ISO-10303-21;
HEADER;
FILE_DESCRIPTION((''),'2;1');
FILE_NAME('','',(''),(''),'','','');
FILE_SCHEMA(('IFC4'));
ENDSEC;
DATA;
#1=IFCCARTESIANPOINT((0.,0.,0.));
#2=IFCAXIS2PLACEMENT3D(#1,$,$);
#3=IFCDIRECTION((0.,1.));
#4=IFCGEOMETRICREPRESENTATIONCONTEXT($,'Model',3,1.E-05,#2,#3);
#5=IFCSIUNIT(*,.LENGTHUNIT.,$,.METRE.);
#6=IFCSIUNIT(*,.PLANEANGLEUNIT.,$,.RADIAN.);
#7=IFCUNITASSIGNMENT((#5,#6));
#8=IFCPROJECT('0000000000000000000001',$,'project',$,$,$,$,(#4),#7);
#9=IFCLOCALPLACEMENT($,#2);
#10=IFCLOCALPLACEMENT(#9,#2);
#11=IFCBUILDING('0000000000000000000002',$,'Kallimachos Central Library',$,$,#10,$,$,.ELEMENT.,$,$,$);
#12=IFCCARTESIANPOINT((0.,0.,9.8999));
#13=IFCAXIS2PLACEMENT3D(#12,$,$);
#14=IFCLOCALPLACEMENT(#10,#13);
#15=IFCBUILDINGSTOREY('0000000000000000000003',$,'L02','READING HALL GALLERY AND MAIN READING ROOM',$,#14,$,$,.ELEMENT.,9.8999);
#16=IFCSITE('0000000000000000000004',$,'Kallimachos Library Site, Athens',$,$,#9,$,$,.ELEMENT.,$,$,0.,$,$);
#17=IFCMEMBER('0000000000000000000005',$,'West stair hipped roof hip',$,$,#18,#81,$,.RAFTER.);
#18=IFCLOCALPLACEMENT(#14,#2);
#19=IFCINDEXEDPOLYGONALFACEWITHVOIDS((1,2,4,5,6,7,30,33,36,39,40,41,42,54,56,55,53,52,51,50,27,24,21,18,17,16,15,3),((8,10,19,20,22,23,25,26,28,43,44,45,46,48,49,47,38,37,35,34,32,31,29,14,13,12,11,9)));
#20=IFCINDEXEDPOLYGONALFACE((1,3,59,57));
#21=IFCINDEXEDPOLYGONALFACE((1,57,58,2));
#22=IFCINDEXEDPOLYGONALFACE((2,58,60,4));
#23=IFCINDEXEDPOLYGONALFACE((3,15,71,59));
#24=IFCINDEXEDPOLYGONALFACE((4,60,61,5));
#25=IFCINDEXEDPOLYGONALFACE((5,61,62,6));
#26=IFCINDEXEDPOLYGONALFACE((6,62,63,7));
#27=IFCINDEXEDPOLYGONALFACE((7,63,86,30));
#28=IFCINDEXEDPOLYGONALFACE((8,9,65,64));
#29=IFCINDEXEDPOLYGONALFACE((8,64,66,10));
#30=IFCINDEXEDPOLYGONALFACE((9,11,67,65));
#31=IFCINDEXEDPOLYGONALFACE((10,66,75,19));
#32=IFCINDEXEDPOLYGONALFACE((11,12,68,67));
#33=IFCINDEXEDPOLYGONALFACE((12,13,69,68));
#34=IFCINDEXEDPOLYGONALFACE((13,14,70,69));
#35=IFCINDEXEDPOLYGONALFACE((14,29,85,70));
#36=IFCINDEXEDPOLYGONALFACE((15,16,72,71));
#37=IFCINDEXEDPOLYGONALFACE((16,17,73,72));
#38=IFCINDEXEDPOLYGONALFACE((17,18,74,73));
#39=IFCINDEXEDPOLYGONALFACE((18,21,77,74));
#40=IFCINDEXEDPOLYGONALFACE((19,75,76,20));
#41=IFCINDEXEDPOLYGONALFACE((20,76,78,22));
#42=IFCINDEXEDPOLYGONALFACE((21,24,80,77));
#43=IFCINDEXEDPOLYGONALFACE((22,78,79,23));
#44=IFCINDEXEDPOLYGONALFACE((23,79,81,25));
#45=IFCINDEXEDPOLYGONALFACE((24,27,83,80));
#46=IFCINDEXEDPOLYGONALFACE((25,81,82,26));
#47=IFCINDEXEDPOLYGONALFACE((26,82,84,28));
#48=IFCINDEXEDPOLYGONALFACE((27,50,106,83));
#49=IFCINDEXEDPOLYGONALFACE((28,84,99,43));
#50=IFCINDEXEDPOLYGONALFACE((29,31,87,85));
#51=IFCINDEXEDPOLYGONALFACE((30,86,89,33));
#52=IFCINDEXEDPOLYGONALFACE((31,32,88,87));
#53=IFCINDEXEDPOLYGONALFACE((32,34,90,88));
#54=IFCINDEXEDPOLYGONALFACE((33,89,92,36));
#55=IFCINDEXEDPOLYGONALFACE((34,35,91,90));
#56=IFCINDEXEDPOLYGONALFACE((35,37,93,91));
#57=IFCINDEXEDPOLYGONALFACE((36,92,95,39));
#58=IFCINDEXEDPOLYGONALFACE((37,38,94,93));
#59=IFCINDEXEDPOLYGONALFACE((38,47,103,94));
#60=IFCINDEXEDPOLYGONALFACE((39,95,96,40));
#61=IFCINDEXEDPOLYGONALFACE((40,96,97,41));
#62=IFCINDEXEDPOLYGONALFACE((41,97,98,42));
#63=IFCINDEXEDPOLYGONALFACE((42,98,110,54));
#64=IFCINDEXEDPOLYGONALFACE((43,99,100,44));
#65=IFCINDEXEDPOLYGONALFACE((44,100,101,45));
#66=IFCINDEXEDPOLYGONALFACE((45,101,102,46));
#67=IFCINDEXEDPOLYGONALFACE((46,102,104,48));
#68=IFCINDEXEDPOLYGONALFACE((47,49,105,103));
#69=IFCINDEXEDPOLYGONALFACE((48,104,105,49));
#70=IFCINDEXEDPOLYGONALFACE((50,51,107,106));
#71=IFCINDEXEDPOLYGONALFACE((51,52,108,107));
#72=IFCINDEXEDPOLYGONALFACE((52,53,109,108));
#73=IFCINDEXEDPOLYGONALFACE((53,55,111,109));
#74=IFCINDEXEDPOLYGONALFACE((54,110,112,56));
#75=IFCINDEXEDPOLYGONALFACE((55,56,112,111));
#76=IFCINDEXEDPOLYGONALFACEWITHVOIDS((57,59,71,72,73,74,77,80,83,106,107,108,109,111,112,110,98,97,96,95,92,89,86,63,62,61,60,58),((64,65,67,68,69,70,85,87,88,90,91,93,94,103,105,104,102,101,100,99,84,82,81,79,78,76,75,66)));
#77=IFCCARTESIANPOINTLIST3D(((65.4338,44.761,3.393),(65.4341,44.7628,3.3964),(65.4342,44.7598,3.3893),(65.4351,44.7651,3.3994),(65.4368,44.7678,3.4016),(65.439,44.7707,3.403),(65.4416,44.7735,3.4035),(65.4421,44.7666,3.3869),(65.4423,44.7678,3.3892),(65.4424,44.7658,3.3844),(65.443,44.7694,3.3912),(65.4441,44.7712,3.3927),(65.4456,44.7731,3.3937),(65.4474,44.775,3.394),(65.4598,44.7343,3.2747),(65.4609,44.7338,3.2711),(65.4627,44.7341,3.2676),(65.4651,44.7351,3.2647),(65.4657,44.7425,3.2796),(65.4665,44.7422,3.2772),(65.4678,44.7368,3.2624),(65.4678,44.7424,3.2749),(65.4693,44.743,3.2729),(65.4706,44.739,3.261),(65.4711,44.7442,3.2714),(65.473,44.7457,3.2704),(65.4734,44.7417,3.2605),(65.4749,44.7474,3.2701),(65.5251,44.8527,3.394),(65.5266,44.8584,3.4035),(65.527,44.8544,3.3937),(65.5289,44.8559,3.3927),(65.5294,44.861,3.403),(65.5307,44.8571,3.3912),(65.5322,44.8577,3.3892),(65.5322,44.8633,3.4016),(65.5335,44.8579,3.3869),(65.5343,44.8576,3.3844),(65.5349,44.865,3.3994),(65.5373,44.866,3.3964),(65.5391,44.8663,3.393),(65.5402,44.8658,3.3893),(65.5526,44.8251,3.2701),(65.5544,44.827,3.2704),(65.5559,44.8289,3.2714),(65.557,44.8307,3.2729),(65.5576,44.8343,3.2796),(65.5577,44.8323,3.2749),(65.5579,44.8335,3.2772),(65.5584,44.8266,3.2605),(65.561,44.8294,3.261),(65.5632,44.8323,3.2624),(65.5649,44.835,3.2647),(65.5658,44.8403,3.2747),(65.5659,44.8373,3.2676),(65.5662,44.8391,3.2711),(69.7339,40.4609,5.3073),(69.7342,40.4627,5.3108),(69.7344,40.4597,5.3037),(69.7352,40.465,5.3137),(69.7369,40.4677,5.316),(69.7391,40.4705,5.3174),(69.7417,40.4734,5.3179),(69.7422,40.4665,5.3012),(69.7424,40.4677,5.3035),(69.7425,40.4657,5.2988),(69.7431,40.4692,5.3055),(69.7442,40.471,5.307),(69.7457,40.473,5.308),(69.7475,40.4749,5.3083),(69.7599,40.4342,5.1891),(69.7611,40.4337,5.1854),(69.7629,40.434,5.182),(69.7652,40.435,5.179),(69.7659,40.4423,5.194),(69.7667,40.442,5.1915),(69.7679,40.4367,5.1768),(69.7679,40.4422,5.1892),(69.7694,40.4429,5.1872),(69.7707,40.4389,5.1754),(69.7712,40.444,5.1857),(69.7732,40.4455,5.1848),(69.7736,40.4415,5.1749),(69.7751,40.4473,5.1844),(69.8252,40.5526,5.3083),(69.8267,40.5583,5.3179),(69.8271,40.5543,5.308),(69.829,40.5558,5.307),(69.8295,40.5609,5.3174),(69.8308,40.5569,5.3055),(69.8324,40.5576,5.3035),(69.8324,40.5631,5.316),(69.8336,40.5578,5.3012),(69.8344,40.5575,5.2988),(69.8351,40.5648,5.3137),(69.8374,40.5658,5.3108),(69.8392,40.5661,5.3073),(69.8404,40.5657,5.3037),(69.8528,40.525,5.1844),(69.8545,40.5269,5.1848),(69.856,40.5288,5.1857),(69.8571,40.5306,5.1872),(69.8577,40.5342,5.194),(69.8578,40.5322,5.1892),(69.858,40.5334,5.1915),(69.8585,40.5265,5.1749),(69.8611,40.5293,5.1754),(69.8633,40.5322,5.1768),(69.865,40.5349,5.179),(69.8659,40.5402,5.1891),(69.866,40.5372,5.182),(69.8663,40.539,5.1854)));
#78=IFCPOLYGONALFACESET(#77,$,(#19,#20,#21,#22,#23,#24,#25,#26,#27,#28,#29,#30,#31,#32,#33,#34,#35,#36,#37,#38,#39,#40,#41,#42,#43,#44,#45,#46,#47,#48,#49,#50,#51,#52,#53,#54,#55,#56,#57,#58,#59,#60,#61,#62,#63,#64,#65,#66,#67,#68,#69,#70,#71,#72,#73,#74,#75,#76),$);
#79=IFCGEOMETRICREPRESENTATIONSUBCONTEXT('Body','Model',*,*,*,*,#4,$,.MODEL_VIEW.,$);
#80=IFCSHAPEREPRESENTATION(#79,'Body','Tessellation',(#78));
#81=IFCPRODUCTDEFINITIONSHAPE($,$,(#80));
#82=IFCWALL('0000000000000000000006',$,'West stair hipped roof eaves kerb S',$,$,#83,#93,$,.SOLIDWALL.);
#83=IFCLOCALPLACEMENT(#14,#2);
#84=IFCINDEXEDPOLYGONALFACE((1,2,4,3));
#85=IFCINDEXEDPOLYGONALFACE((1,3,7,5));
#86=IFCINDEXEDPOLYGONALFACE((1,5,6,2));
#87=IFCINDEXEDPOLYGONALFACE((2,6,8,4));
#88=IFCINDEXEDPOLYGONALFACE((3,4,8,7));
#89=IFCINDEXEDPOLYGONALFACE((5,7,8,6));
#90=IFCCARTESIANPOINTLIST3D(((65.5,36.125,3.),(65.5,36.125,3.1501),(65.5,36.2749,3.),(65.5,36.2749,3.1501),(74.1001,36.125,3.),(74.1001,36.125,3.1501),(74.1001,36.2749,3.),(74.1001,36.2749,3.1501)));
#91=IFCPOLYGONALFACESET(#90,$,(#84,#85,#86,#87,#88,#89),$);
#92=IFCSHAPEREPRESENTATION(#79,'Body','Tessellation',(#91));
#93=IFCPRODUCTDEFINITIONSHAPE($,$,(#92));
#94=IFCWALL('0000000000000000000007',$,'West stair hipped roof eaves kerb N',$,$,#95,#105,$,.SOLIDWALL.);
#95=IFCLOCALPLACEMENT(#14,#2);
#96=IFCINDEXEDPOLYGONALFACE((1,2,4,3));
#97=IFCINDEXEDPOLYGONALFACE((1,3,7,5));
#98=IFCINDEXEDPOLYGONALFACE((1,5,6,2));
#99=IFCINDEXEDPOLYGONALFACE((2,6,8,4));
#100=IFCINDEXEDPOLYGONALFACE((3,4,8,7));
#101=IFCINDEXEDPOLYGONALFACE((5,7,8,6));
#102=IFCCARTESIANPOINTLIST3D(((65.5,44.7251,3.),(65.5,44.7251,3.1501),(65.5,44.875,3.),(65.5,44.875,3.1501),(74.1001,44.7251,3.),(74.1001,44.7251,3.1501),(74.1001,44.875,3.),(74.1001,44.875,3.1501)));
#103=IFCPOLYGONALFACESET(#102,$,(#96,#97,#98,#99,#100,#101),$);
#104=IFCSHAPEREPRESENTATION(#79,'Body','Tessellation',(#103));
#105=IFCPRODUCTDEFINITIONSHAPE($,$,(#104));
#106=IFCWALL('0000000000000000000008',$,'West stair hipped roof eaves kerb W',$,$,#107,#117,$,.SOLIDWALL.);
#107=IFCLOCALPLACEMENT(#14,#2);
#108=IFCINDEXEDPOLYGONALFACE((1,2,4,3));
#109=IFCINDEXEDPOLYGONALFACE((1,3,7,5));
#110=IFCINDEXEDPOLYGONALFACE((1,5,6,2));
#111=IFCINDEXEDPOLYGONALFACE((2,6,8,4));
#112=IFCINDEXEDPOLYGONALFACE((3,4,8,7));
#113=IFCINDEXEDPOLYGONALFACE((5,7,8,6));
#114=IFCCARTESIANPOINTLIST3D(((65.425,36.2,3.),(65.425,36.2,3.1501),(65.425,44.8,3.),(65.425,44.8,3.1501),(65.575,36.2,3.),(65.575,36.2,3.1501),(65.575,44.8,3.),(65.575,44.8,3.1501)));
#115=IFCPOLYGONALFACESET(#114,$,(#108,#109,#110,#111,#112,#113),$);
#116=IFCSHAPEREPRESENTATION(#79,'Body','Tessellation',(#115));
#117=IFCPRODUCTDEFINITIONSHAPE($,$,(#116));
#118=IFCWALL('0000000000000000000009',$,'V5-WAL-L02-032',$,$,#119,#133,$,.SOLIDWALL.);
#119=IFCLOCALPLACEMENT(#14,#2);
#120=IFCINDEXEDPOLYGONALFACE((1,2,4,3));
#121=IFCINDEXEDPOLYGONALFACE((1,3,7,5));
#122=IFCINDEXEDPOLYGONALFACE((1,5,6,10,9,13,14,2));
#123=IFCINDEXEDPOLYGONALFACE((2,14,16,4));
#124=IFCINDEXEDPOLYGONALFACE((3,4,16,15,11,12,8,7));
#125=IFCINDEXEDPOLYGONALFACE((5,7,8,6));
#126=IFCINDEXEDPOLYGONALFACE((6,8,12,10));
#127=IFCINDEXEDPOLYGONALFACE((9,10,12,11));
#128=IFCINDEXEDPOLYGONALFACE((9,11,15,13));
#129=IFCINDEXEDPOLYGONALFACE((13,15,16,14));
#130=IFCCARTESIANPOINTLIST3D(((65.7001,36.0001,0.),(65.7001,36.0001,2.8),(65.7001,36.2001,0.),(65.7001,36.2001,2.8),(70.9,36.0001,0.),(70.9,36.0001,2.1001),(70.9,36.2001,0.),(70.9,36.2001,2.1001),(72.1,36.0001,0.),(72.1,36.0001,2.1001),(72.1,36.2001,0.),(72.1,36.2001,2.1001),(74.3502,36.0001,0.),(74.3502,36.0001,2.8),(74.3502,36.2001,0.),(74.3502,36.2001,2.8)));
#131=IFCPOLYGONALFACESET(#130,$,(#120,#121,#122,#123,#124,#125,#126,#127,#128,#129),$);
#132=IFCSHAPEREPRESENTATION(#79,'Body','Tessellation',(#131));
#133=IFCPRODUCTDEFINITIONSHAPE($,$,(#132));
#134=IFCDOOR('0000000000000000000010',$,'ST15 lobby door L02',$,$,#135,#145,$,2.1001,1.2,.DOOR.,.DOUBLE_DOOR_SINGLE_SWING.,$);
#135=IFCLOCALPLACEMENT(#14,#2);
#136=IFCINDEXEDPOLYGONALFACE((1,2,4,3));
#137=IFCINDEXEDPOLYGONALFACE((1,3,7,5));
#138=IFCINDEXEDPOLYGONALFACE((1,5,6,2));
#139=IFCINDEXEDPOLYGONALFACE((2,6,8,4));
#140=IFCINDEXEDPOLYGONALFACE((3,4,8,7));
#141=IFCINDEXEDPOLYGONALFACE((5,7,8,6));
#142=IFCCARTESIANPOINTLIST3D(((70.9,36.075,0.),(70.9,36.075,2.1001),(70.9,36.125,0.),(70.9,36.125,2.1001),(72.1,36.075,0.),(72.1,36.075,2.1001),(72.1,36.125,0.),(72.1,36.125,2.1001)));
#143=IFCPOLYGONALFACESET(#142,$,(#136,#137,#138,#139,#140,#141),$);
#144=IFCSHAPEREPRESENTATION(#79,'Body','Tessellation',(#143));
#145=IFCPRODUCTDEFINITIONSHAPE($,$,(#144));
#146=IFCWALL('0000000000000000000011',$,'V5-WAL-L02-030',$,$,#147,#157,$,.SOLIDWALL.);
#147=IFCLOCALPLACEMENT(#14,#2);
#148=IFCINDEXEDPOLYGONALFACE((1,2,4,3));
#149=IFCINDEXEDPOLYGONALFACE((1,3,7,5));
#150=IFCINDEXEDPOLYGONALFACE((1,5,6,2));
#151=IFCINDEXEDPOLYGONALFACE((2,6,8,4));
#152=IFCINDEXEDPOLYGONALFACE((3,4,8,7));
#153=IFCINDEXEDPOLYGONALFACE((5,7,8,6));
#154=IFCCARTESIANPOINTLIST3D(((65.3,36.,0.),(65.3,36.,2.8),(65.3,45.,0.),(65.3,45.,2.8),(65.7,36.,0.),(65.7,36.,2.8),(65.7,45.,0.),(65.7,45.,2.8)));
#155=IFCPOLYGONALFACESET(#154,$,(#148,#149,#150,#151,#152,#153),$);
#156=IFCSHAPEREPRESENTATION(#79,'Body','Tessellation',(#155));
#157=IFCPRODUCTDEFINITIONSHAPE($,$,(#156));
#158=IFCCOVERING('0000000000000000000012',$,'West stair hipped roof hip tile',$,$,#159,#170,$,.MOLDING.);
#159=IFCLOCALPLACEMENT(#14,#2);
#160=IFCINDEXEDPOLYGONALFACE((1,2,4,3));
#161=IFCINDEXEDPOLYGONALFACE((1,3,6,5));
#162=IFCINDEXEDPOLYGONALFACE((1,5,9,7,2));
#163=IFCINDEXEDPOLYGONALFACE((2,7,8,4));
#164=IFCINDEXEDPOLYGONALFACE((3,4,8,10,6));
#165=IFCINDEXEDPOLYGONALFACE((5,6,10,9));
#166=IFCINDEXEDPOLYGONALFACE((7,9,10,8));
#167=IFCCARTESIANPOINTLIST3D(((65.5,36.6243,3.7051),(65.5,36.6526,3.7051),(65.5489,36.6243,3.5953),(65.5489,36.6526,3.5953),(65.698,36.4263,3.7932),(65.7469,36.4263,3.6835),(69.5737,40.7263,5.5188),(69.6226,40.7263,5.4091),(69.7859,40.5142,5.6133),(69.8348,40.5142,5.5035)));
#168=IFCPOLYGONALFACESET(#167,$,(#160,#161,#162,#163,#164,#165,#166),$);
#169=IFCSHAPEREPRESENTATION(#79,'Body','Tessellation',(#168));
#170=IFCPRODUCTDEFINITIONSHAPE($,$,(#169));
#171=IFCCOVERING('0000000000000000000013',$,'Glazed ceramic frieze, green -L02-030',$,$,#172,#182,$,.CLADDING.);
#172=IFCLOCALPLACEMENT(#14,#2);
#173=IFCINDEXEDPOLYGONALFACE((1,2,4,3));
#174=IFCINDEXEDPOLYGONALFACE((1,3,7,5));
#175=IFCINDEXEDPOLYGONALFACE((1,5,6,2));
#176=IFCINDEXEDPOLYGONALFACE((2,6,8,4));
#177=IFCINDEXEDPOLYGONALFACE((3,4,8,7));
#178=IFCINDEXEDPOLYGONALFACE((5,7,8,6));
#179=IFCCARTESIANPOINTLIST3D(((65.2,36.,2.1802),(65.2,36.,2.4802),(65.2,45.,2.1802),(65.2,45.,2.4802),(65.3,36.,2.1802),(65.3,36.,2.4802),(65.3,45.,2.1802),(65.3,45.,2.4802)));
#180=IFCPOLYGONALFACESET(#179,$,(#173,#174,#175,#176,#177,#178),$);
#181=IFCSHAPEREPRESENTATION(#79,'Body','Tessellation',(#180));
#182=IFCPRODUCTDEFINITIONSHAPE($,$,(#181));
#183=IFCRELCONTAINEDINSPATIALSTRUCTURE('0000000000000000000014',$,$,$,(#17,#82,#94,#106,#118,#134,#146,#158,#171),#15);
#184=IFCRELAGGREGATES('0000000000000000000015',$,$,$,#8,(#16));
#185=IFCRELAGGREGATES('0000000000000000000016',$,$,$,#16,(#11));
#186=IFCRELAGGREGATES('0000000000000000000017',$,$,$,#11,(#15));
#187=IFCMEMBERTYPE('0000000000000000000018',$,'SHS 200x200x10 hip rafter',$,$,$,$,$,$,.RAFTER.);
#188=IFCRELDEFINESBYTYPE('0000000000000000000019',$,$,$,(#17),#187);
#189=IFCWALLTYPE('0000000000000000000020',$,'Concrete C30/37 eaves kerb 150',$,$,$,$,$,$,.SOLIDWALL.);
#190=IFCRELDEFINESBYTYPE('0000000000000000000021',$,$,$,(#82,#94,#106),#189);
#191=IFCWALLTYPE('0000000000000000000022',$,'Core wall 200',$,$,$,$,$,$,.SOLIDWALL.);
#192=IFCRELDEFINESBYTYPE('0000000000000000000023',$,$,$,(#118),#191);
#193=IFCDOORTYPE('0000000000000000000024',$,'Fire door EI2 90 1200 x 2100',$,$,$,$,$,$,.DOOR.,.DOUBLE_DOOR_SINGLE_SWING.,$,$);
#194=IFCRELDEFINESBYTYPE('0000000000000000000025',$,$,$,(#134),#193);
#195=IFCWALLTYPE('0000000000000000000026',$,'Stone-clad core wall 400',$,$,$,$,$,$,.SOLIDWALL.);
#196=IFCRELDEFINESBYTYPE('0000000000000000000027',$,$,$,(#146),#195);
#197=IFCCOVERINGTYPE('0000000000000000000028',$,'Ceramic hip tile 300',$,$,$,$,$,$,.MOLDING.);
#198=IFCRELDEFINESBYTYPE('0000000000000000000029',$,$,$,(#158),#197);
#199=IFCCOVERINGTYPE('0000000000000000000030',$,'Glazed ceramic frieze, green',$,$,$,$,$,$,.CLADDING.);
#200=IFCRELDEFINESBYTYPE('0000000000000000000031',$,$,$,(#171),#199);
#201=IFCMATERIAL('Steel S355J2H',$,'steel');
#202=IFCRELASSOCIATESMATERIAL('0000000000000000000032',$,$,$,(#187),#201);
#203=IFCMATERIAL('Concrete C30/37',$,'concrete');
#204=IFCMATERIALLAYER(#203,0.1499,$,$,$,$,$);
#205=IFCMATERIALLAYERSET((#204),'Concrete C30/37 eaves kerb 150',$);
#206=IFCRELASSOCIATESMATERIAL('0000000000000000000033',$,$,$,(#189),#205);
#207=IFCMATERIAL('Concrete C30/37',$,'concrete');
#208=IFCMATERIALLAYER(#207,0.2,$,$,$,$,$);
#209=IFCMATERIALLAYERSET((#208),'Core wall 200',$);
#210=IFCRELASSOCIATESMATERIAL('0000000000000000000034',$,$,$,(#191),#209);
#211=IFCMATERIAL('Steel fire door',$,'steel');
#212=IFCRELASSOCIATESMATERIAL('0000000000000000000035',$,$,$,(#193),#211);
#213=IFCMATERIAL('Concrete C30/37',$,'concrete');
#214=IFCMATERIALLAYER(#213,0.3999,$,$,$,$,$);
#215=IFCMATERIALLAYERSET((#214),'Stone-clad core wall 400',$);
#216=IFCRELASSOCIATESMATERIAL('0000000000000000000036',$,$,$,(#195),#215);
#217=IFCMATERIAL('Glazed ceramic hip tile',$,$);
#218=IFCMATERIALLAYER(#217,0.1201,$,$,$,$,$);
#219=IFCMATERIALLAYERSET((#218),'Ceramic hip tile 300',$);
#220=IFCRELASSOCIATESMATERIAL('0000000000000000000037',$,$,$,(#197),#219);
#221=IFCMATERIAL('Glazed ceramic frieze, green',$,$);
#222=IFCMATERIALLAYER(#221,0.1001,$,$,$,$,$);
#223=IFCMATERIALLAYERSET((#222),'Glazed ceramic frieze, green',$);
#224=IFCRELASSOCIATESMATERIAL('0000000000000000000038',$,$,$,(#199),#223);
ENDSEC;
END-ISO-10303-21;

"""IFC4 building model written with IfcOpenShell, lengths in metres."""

from ifc_helpers import new_model, si_unit, direction, frame, frame_2d, origin, origin_2d, place, context, subcontext, project, spatial, polyline, rectangle, hollow_rectangle, outline, extrude, material, layer, layer_set, material_profile, profile_set, type_object, element, fill, save


model = new_model("IFC4")

# Units and contexts
model_context = context("Model", 3, precision=1e-05, world=origin(), true_north=direction((0.0, 1.0)))
body_context = subcontext(model_context, "Body", "Model", "MODEL_VIEW")
ifc_project = project(units=[si_unit("LENGTHUNIT", "METRE"), si_unit("PLANEANGLEUNIT", "RADIAN")], contexts=[model_context])

# Site, building, storey
site_placement = place(None, origin())
site = spatial("IfcSite", under=ifc_project, at=site_placement, Name="Kallimachos Library Site, Athens", CompositionType="ELEMENT", RefElevation=0.0)
building_placement = place(site_placement, origin())
building = spatial("IfcBuilding", under=site, at=building_placement, Name="Kallimachos Central Library", CompositionType="ELEMENT")
storey_placement = place(building_placement, frame((0.0, 0.0, 9.8999)))
storey = spatial("IfcBuildingStorey", under=building, at=storey_placement, Name="L02", Description="READING HALL GALLERY AND MAIN READING ROOM", CompositionType="ELEMENT", Elevation=9.8999)

# Member
ifc_material_1 = material(Name="Steel S355J2H", Category="steel")
ifc_material_profile_1 = material_profile(ifc_material_1, hollow_rectangle(XDim=0.1499, YDim=0.1499, WallThickness=0.01, InnerFilletRadius=0.01, OuterFilletRadius=0.0149, at=origin_2d()), Name="SHS 150x150x10")
ifc_profile_set_1 = profile_set([ifc_material_profile_1], Name="Steel S355J2H")
member_type_1 = type_object("IfcMemberType", Name="SHS 200x200x10 hip rafter", PredefinedType="RAFTER", material=ifc_profile_set_1)
for number, where, z_axis, x_axis, name in (
    (1, (65.5, 44.8, 3.332), (0.674478, -0.674478, 0.300266), (0.707107, 0.707107, 0.0), "West stair hipped roof hip"),
):
    element("IfcMember", number, at=place(storey_placement, frame(where, z_axis=z_axis, x_axis=x_axis)), inside=storey, type_object=member_type_1, Name=name, PredefinedType="RAFTER", context=body_context, shape_type="SweptSolid", body=[
        extrude(hollow_rectangle(XDim=0.1499, YDim=0.1499, WallThickness=0.01, InnerFilletRadius=0.01, OuterFilletRadius=0.0149, at=origin_2d()), origin(), (0.0, 0.0, 1.0), 6.3755),
    ])

# Walls
ifc_material_2 = material(Name="Concrete C30/37", Category="concrete")
ifc_layer_1 = layer(ifc_material_2, 0.1499)
ifc_layer_set_1 = layer_set([ifc_layer_1], Name="Concrete C30/37 eaves kerb 150")
wall_type_1 = type_object("IfcWallType", Name="Concrete C30/37 eaves kerb 150", PredefinedType="SOLIDWALL", material=ifc_layer_set_1)
for number, where, z_axis, x_axis, name in (
    (2, (65.5, 36.2, 3.0), (0.0, 0.0, 1.0), (1.0, 0.0, 0.0), "West stair hipped roof eaves kerb S"),
    (3, (65.5, 44.8, 3.0), (0.0, 0.0, 1.0), (1.0, 0.0, 0.0), "West stair hipped roof eaves kerb N"),
    (4, (65.5, 36.2, 3.0), (0.0, 0.0, 1.0), (0.0, 1.0, 0.0), "West stair hipped roof eaves kerb W"),
):
    element("IfcWall", number, at=place(storey_placement, frame(where, z_axis=z_axis, x_axis=x_axis)), inside=storey, type_object=wall_type_1, Name=name, PredefinedType="SOLIDWALL", context=body_context, shape_type="SweptSolid", body=[
        extrude(rectangle(XDim=8.6001, YDim=0.1499, at=frame_2d((4.3, 0.0))), origin(), (0.0, 0.0, 1.0), 0.1501),
    ])

# Wall, opening, door
ifc_material_3 = material(Name="Concrete C30/37", Category="concrete")
ifc_layer_2 = layer(ifc_material_3, 0.2)
ifc_layer_set_2 = layer_set([ifc_layer_2], Name="Core wall 200")
wall_type_2 = type_object("IfcWallType", Name="Core wall 200", PredefinedType="SOLIDWALL", material=ifc_layer_set_2)
wall_1_placement = place(storey_placement, frame((65.7, 36.1001, 0.0), z_axis=(0.0, 0.0, 1.0), x_axis=(1.0, 0.0, 0.0)))
wall_1 = element("IfcWall", 5, at=wall_1_placement, inside=storey, type_object=wall_type_2, Name="V5-WAL-L02-032", PredefinedType="SOLIDWALL", context=body_context, shape_type="SweptSolid", body=[
    extrude(rectangle(XDim=8.6501, YDim=0.2, at=frame_2d((4.3252, 0.0))), origin(), (0.0, 0.0, 1.0), 2.8),
])
opening_placement = place(wall_1_placement, frame((5.2, 0.0, 0.0)))
opening = element("IfcOpeningElement", 6, at=opening_placement, cuts=wall_1, PredefinedType="OPENING", context=body_context, shape_type="SweptSolid", body=[
    extrude(rectangle(XDim=1.2, YDim=2.1001, at=frame_2d((0.6001, 1.05))), frame((0.0, 0.1099, 0.0), z_axis=(0.0, -1.0, 0.0), x_axis=(1.0, 0.0, 0.0)), (0.0, 0.0, 1.0), 0.22),
])
ifc_material_4 = material(Name="Steel fire door", Category="steel")
door_type = type_object("IfcDoorType", Name="Fire door EI2 90 1200 x 2100", OperationType="DOUBLE_DOOR_SINGLE_SWING", PredefinedType="DOOR", material=ifc_material_4)
door_placement = place(opening_placement, origin())
door = element("IfcDoor", 7, at=door_placement, inside=storey, type_object=door_type, Name="ST15 lobby door L02", OperationType="DOUBLE_DOOR_SINGLE_SWING", OverallHeight=2.1001, OverallWidth=1.2, PredefinedType="DOOR", context=body_context, shape_type="SweptSolid", body=[
    extrude(rectangle(XDim=1.2, YDim=2.1001, at=frame_2d((0.6001, 1.05))), frame((0.0, 0.0249, 0.0), z_axis=(0.0, -1.0, 0.0), x_axis=(1.0, 0.0, 0.0)), (0.0, 0.0, 1.0), 0.05),
])
fill(opening, door)

# Wall
ifc_material_5 = material(Name="Concrete C30/37", Category="concrete")
ifc_layer_3 = layer(ifc_material_5, 0.3999)
ifc_layer_set_3 = layer_set([ifc_layer_3], Name="Stone-clad core wall 400")
wall_type_3 = type_object("IfcWallType", Name="Stone-clad core wall 400", PredefinedType="SOLIDWALL", material=ifc_layer_set_3)
wall_2_placement = place(storey_placement, frame((65.5, 36.0, 0.0), z_axis=(0.0, 0.0, 1.0), x_axis=(0.0, 1.0, 0.0)))
element("IfcWall", 8, at=wall_2_placement, inside=storey, type_object=wall_type_3, Name="V5-WAL-L02-030", PredefinedType="SOLIDWALL", context=body_context, shape_type="SweptSolid", body=[
    extrude(rectangle(XDim=9.0, YDim=0.3999, at=frame_2d((4.5, 0.0))), origin(), (0.0, 0.0, 1.0), 2.8),
])

# Coverings
ifc_material_6 = material(Name="Glazed ceramic hip tile")
ifc_layer_4 = layer(ifc_material_6, 0.1201)
ifc_layer_set_4 = layer_set([ifc_layer_4], Name="Ceramic hip tile 300")
covering_type_1 = type_object("IfcCoveringType", Name="Ceramic hip tile 300", PredefinedType="MOLDING", material=ifc_layer_set_4)
covering_1_placement = place(storey_placement, frame((65.698, 36.4263, 3.7932), z_axis=(-0.40674, 0.000004, 0.913544), x_axis=(-0.674458, 0.674485, -0.300294)))
element("IfcCovering", 9, at=covering_1_placement, inside=storey, type_object=covering_type_1, Name="West stair hipped roof hip tile", PredefinedType="MOLDING", context=body_context, shape_type="SweptSolid", body=[
    extrude(outline(polyline([(0.0, 0.0), (0.2936, 0.0), (0.3127, -0.0209), (-0.2319, -6.0362), (-0.5464, -6.0362), (0.0, 0.0)])), origin(), (0.0, 0.0, -1.0), 0.1201),
])
ifc_material_7 = material(Name="Glazed ceramic frieze, green")
ifc_layer_5 = layer(ifc_material_7, 0.1001)
ifc_layer_set_5 = layer_set([ifc_layer_5], Name="Glazed ceramic frieze, green")
covering_type_2 = type_object("IfcCoveringType", Name="Glazed ceramic frieze, green", PredefinedType="CLADDING", material=ifc_layer_set_5)
covering_2_placement = place(storey_placement, frame((65.25, 40.5, 2.1802), z_axis=(0.0, 0.0, 1.0), x_axis=(1.0, 0.0, 0.0)))
element("IfcCovering", 10, at=covering_2_placement, inside=storey, type_object=covering_type_2, Name="Glazed ceramic frieze, green -L02-030", PredefinedType="CLADDING", context=body_context, shape_type="SweptSolid", body=[
    extrude(rectangle(XDim=0.1001, YDim=9.0, at=origin_2d()), origin(), (0.0, 0.0, 1.0), 0.3),
])

save(model, "model.ifc")
